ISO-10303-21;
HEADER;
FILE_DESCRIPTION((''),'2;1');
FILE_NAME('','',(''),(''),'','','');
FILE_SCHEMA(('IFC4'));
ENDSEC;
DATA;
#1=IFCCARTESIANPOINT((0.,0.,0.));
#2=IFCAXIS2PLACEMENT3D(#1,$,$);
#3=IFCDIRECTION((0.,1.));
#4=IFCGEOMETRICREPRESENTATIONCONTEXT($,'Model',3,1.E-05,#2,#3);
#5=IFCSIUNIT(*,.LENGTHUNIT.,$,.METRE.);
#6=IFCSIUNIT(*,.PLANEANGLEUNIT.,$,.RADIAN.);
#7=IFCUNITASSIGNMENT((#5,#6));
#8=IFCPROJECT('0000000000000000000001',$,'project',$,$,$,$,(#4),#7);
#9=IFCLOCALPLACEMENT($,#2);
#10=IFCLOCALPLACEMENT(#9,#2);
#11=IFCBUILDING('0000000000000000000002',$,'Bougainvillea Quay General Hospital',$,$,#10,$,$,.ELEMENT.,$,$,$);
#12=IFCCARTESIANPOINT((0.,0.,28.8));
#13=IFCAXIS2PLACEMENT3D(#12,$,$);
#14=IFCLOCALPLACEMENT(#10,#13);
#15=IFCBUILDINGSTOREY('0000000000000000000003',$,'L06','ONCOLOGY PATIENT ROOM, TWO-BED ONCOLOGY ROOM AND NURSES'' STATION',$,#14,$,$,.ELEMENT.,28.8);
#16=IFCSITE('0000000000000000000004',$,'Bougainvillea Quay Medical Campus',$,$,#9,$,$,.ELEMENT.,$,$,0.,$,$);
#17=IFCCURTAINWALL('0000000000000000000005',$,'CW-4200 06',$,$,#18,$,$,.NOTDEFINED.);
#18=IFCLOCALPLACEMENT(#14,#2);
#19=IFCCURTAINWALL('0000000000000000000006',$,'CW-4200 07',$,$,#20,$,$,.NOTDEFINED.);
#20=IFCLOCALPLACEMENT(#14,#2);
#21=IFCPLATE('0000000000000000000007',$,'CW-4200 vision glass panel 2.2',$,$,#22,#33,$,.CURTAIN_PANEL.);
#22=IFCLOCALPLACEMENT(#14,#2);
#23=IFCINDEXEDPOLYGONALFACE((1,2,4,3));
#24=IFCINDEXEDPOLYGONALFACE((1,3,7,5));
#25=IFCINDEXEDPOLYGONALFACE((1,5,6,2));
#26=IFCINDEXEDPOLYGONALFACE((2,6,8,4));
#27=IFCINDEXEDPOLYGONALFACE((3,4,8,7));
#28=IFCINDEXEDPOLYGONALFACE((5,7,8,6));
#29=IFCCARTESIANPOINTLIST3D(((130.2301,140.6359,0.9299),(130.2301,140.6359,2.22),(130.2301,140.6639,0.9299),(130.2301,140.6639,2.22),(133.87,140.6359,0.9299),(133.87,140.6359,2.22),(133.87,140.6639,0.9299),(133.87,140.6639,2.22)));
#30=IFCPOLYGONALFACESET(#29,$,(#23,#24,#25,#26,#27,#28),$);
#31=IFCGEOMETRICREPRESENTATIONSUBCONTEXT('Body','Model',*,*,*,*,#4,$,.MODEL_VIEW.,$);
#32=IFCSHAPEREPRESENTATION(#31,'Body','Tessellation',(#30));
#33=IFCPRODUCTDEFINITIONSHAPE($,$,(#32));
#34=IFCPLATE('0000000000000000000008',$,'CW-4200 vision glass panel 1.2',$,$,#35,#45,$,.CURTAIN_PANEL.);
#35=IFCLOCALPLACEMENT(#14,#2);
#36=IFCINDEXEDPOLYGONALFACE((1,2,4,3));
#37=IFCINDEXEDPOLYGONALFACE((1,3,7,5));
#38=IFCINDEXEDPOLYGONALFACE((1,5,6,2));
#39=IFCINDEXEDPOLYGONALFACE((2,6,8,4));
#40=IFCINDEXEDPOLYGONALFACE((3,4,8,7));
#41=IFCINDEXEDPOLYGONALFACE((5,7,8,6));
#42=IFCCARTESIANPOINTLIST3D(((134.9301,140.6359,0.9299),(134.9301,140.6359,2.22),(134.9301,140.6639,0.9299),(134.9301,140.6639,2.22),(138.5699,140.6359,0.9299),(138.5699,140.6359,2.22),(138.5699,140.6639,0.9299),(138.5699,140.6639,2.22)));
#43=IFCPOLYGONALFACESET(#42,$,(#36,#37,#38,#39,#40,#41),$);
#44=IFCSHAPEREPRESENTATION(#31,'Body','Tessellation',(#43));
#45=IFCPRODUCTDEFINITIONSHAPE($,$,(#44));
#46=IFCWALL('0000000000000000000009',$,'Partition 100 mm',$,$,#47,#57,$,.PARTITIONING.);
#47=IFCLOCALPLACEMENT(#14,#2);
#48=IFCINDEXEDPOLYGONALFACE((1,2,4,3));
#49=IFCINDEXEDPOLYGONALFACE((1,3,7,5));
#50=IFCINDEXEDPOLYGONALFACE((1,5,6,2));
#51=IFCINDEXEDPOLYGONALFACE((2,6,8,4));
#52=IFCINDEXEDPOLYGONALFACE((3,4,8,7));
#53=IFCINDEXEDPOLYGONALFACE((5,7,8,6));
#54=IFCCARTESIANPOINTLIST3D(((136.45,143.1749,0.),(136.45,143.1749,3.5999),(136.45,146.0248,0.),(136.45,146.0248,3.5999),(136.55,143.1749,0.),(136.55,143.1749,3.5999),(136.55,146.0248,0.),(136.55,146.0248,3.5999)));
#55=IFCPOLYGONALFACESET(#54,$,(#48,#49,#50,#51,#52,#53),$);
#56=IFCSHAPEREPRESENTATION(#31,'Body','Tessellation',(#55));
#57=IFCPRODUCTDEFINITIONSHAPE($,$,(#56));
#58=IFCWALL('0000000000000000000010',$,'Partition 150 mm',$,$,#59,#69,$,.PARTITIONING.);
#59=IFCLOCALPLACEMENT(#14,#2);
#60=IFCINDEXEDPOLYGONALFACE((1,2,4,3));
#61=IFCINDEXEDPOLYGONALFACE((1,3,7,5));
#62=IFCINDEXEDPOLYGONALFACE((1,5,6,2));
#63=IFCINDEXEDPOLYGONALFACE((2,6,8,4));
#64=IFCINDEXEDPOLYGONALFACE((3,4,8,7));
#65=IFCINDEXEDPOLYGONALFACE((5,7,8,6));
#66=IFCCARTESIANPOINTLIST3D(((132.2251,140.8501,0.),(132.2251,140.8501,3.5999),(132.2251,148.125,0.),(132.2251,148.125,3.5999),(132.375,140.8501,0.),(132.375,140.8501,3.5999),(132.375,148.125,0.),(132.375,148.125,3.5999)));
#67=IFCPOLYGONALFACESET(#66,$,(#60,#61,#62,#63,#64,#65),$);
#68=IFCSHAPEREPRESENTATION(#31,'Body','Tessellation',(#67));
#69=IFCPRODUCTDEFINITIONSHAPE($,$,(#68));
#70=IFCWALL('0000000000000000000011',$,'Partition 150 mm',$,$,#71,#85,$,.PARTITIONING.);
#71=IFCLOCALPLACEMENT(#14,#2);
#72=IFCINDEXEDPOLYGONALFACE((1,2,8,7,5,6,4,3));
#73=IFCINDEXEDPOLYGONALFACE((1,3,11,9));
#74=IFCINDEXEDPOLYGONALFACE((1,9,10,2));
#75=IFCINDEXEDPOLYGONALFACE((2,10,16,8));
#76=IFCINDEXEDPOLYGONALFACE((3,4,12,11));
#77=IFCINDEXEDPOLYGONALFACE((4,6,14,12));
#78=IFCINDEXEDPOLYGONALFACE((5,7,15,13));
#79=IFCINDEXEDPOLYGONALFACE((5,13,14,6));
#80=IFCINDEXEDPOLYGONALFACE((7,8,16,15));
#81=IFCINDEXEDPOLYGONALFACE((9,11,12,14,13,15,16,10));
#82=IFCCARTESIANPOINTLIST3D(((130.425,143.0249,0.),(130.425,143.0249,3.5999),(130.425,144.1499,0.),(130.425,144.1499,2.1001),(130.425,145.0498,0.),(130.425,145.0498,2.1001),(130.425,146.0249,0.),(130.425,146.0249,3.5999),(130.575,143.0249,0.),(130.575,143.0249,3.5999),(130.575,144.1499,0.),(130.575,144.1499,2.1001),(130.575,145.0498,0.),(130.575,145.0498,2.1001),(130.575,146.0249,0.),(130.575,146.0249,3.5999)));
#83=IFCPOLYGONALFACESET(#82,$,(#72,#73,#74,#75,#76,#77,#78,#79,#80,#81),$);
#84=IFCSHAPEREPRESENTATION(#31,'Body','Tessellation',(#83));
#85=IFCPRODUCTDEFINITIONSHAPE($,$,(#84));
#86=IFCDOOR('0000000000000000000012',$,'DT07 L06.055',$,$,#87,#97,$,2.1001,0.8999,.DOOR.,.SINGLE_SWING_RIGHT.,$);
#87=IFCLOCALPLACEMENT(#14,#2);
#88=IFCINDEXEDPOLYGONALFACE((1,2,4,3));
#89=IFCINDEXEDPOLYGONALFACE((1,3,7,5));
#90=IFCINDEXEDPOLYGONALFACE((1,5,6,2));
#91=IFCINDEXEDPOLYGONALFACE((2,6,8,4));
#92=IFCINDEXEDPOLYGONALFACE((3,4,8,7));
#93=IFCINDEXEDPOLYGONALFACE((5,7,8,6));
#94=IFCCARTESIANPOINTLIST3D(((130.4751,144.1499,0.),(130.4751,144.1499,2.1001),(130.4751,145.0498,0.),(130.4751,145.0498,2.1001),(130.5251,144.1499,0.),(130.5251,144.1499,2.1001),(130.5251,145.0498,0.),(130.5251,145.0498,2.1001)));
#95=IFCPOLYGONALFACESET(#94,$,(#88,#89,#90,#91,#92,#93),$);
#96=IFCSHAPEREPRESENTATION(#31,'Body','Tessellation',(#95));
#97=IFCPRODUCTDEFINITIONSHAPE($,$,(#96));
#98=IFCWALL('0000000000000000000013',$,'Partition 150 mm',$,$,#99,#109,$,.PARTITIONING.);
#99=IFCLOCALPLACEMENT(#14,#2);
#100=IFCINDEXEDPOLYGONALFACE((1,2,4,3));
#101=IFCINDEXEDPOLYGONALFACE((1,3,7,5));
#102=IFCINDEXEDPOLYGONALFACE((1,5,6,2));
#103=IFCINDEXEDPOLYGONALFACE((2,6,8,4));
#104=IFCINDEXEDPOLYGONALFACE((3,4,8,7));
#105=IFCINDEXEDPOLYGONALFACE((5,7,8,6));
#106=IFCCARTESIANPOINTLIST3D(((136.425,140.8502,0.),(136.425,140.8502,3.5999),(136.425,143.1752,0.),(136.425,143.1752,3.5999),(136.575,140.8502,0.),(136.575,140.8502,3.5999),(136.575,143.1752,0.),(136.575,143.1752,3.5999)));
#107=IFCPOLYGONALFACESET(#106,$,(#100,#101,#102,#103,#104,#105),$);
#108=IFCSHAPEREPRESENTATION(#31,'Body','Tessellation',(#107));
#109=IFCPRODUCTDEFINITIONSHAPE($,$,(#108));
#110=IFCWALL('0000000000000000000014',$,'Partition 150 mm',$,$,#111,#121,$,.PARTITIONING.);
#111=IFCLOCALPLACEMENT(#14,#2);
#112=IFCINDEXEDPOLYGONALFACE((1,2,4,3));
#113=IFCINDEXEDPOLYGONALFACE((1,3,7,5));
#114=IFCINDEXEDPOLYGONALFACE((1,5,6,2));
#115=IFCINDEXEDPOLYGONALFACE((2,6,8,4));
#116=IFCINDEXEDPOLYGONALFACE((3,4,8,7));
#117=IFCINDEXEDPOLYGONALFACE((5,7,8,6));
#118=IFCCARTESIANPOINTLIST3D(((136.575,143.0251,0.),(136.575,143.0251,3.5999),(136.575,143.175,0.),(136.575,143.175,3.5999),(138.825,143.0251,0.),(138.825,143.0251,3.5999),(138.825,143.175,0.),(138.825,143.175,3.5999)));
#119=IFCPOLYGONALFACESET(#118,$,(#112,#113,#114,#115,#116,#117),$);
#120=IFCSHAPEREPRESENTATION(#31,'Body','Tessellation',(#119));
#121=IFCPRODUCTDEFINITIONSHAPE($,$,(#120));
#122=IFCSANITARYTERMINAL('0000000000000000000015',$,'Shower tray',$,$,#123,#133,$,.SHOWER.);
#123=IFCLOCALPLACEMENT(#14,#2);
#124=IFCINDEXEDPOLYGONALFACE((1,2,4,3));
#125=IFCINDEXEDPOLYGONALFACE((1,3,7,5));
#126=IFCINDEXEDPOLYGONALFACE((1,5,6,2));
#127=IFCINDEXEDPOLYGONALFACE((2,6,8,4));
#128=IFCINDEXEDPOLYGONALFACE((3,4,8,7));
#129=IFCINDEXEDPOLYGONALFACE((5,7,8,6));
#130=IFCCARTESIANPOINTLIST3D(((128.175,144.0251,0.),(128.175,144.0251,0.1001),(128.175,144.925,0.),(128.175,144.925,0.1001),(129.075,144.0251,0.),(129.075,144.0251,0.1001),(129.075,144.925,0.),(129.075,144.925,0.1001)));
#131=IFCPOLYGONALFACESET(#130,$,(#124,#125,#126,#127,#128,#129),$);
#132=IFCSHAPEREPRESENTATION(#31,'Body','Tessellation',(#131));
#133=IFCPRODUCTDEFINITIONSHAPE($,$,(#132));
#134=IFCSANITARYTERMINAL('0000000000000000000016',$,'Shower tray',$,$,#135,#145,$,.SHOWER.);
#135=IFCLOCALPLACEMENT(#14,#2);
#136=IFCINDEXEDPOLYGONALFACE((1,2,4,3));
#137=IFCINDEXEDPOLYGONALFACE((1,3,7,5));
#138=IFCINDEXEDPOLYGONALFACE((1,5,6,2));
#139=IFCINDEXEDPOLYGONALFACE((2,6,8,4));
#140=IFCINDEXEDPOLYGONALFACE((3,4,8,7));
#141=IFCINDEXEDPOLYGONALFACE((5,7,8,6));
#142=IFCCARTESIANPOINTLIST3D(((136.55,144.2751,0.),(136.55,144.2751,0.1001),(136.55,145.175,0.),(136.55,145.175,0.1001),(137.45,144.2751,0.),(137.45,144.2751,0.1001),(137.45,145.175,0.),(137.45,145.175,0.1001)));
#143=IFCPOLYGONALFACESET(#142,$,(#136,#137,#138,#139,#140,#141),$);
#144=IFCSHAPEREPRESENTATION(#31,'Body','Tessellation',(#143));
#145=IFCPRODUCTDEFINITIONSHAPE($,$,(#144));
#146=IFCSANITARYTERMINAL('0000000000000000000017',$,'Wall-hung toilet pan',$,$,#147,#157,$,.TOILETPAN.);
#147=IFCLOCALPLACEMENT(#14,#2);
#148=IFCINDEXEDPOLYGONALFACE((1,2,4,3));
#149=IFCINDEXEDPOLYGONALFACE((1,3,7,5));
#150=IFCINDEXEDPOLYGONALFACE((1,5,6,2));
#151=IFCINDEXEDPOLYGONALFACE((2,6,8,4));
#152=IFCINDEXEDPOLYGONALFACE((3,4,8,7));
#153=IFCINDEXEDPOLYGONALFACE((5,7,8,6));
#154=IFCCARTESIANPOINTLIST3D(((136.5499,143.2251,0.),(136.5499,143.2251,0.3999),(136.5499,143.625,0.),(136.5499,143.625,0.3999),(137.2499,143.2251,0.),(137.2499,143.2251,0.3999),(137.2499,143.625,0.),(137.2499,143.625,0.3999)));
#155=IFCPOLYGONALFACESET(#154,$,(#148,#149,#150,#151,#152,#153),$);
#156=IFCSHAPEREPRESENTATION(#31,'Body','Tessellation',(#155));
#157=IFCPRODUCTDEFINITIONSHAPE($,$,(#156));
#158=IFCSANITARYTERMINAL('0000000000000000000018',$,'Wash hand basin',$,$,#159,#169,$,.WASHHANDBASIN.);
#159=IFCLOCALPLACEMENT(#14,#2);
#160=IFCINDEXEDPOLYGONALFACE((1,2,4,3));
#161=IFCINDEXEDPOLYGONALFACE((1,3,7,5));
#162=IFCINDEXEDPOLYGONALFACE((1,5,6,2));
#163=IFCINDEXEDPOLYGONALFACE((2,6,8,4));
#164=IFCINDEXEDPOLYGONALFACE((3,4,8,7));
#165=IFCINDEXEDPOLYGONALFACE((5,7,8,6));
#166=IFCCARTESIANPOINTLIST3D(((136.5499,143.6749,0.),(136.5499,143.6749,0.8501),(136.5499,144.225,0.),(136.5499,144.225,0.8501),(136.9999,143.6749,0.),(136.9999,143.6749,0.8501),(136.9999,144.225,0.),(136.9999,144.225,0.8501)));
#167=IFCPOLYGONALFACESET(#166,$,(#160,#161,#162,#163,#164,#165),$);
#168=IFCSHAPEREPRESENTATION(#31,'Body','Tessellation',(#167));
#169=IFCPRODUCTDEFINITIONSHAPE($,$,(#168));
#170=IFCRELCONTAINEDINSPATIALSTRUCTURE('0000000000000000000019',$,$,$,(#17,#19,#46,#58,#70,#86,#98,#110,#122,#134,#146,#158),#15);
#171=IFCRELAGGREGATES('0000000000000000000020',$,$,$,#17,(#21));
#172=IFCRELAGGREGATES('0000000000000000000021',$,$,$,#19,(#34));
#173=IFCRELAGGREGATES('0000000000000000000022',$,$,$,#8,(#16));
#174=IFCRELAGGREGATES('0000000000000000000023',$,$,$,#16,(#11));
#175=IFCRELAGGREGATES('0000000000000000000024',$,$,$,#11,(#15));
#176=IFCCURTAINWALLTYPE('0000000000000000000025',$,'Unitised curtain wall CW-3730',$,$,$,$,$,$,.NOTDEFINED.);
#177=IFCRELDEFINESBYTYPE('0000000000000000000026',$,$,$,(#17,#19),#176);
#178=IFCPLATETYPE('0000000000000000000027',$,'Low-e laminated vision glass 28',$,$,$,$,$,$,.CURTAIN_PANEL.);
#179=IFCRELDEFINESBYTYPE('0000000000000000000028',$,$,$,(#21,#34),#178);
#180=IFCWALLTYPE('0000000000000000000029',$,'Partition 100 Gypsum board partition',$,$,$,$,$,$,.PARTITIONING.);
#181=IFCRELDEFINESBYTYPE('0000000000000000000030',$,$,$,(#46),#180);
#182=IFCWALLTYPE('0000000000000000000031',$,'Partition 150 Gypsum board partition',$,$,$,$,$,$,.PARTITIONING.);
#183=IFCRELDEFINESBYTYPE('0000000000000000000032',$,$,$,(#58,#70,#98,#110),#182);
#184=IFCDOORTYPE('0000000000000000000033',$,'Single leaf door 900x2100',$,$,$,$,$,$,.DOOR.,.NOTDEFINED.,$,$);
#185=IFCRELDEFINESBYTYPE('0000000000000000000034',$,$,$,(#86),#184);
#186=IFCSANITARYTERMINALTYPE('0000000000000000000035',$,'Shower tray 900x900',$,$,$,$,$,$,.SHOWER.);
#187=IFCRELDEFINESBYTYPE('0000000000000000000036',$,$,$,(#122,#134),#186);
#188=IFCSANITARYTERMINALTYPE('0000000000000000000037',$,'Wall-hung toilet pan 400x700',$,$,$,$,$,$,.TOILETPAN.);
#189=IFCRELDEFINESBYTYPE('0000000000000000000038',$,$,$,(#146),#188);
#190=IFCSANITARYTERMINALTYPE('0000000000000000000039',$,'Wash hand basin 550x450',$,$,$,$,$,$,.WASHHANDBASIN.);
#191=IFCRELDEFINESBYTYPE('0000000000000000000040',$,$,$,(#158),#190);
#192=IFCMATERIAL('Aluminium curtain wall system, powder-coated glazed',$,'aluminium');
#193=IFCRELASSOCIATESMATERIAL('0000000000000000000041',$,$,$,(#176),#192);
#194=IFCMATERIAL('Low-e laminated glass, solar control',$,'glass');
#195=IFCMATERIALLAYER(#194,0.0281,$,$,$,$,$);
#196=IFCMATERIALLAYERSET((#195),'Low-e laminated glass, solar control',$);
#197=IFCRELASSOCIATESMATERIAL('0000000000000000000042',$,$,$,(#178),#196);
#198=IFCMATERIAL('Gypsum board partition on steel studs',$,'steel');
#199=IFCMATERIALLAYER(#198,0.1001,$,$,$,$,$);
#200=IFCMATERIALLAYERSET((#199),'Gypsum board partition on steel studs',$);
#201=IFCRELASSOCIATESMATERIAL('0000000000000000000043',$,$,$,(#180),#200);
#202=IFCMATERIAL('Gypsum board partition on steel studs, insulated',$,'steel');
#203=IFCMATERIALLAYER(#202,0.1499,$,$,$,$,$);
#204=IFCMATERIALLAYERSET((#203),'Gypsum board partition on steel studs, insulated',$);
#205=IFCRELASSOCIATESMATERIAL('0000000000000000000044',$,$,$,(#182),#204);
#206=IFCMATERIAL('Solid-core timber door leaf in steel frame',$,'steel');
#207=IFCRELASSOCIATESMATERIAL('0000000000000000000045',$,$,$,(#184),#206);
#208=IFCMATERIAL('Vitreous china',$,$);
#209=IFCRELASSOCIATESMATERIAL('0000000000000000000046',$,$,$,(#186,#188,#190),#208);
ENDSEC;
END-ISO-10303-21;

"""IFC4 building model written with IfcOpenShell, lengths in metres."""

from ifc_helpers import new_model, si_unit, direction, frame, frame_2d, origin, origin_2d, place, context, subcontext, project, spatial, rectangle, extrude, material, layer, layer_set, type_object, element, fill, aggregate, save


model = new_model("IFC4")

# Units and contexts
model_context = context("Model", 3, precision=1e-05, world=origin(), true_north=direction((0.0, 1.0)))
body_context = subcontext(model_context, "Body", "Model", "MODEL_VIEW")
ifc_project = project(units=[si_unit("LENGTHUNIT", "METRE"), si_unit("PLANEANGLEUNIT", "RADIAN")], contexts=[model_context])

# Site, building, storey
site_placement = place(None, origin())
site = spatial("IfcSite", under=ifc_project, at=site_placement, Name="Bougainvillea Quay Medical Campus", CompositionType="ELEMENT", RefElevation=0.0)
building_placement = place(site_placement, origin())
building = spatial("IfcBuilding", under=site, at=building_placement, Name="Bougainvillea Quay General Hospital", CompositionType="ELEMENT")
storey_placement = place(building_placement, frame((0.0, 0.0, 28.8)))
storey = spatial("IfcBuildingStorey", under=building, at=storey_placement, Name="L06", Description="ONCOLOGY PATIENT ROOM, TWO-BED ONCOLOGY ROOM AND NURSES' STATION", CompositionType="ELEMENT", Elevation=28.8)

# Curtain wall
ifc_material_1 = material(Name="Aluminium curtain wall system, powder-coated glazed", Category="aluminium")
curtain_wall_type = type_object("IfcCurtainWallType", Name="Unitised curtain wall CW-3730", PredefinedType="NOTDEFINED", material=ifc_material_1)
curtain_wall_1_placement = place(storey_placement, origin())
curtain_wall_1 = element("IfcCurtainWall", 1, at=curtain_wall_1_placement, inside=storey, type_object=curtain_wall_type, Name="CW-4200 06", PredefinedType="NOTDEFINED")

# Curtain wall
curtain_wall_2_placement = place(storey_placement, origin())
curtain_wall_2 = element("IfcCurtainWall", 2, at=curtain_wall_2_placement, inside=storey, type_object=curtain_wall_type, Name="CW-4200 07", PredefinedType="NOTDEFINED")

# Plates
ifc_material_2 = material(Name="Low-e laminated glass, solar control", Category="glass")
ifc_layer_1 = layer(ifc_material_2, 0.0281)
ifc_layer_set_1 = layer_set([ifc_layer_1], Name="Low-e laminated glass, solar control")
plate_type_1 = type_object("IfcPlateType", Name="Low-e laminated vision glass 28", PredefinedType="CURTAIN_PANEL", material=ifc_layer_set_1)
plate_1_placement = place(storey_placement, frame((132.05, 140.6499, 0.9299), z_axis=(0.0, 0.0, 1.0), x_axis=(1.0, 0.0, 0.0)))
plate_1 = element("IfcPlate", 3, at=plate_1_placement, type_object=plate_type_1, Name="CW-4200 vision glass panel 2.2", PredefinedType="CURTAIN_PANEL", context=body_context, shape_type="SweptSolid", body=[
    extrude(rectangle(XDim=3.6399, YDim=0.0281, at=origin_2d()), origin(), (0.0, 0.0, 1.0), 1.29),
])
aggregate(curtain_wall_1, [plate_1])
plate_2_placement = place(storey_placement, frame((136.75, 140.6499, 0.9299), z_axis=(0.0, 0.0, 1.0), x_axis=(1.0, 0.0, 0.0)))
plate_2 = element("IfcPlate", 4, at=plate_2_placement, type_object=plate_type_1, Name="CW-4200 vision glass panel 1.2", PredefinedType="CURTAIN_PANEL", context=body_context, shape_type="SweptSolid", body=[
    extrude(rectangle(XDim=3.6399, YDim=0.0281, at=origin_2d()), origin(), (0.0, 0.0, 1.0), 1.29),
])
aggregate(curtain_wall_2, [plate_2])

# Walls
ifc_material_3 = material(Name="Gypsum board partition on steel studs", Category="steel")
ifc_layer_2 = layer(ifc_material_3, 0.1001)
ifc_layer_set_2 = layer_set([ifc_layer_2], Name="Gypsum board partition on steel studs")
wall_type_1 = type_object("IfcWallType", Name="Partition 100 Gypsum board partition", PredefinedType="PARTITIONING", material=ifc_layer_set_2)
wall_1_placement = place(storey_placement, frame((136.5, 143.175, 0.0), z_axis=(0.0, 0.0, 1.0), x_axis=(0.0, 1.0, 0.0)))
element("IfcWall", 5, at=wall_1_placement, inside=storey, type_object=wall_type_1, Name="Partition 100 mm", PredefinedType="PARTITIONING", context=body_context, shape_type="SweptSolid", body=[
    extrude(rectangle(XDim=2.8499, YDim=0.1001, at=frame_2d((1.4248, 0.0))), origin(), (0.0, 0.0, 1.0), 3.5999),
])
ifc_material_4 = material(Name="Gypsum board partition on steel studs, insulated", Category="steel")
ifc_layer_3 = layer(ifc_material_4, 0.1499)
ifc_layer_set_3 = layer_set([ifc_layer_3], Name="Gypsum board partition on steel studs, insulated")
wall_type_2 = type_object("IfcWallType", Name="Partition 150 Gypsum board partition", PredefinedType="PARTITIONING", material=ifc_layer_set_3)
wall_2_placement = place(storey_placement, frame((132.3, 140.8501, 0.0), z_axis=(0.0, 0.0, 1.0), x_axis=(0.0, 1.0, 0.0)))
element("IfcWall", 6, at=wall_2_placement, inside=storey, type_object=wall_type_2, Name="Partition 150 mm", PredefinedType="PARTITIONING", context=body_context, shape_type="SweptSolid", body=[
    extrude(rectangle(XDim=7.2749, YDim=0.1499, at=frame_2d((3.6375, 0.0))), origin(), (0.0, 0.0, 1.0), 3.5999),
])

# Wall, opening, door
wall_3_placement = place(storey_placement, frame((130.5, 143.0249, 0.0), z_axis=(0.0, 0.0, 1.0), x_axis=(0.0, 1.0, 0.0)))
wall_3 = element("IfcWall", 7, at=wall_3_placement, inside=storey, type_object=wall_type_2, Name="Partition 150 mm", PredefinedType="PARTITIONING", context=body_context, shape_type="SweptSolid", body=[
    extrude(rectangle(XDim=3.0, YDim=0.1499, at=frame_2d((1.5, 0.0))), origin(), (0.0, 0.0, 1.0), 3.5999),
])
opening_placement = place(wall_3_placement, frame((1.125, 0.0, 0.0)))
opening = element("IfcOpeningElement", 8, at=opening_placement, cuts=wall_3, PredefinedType="OPENING", context=body_context, shape_type="SweptSolid", body=[
    extrude(rectangle(XDim=0.8999, YDim=2.1001, at=frame_2d((0.45, 1.05))), frame((0.0, 0.085, 0.0), z_axis=(0.0, -1.0, 0.0), x_axis=(1.0, 0.0, 0.0)), (0.0, 0.0, 1.0), 0.1699),
])
ifc_material_5 = material(Name="Solid-core timber door leaf in steel frame", Category="steel")
door_type = type_object("IfcDoorType", Name="Single leaf door 900x2100", OperationType="NOTDEFINED", PredefinedType="DOOR", material=ifc_material_5)
door_placement = place(opening_placement, origin())
door = element("IfcDoor", 9, at=door_placement, inside=storey, type_object=door_type, Name="DT07 L06.055", OperationType="SINGLE_SWING_RIGHT", OverallHeight=2.1001, OverallWidth=0.8999, PredefinedType="DOOR", context=body_context, shape_type="SweptSolid", body=[
    extrude(rectangle(XDim=0.8999, YDim=2.1001, at=frame_2d((0.45, 1.05))), frame((0.0, 0.0249, 0.0), z_axis=(0.0, -1.0, 0.0), x_axis=(1.0, 0.0, 0.0)), (0.0, 0.0, 1.0), 0.05),
])
fill(opening, door)

# Walls
wall_4_placement = place(storey_placement, frame((136.5, 140.8501, 0.0), z_axis=(0.0, 0.0, 1.0), x_axis=(0.0, 1.0, 0.0)))
element("IfcWall", 10, at=wall_4_placement, inside=storey, type_object=wall_type_2, Name="Partition 150 mm", PredefinedType="PARTITIONING", context=body_context, shape_type="SweptSolid", body=[
    extrude(rectangle(XDim=2.325, YDim=0.1499, at=frame_2d((1.1626, 0.0))), origin(), (0.0, 0.0, 1.0), 3.5999),
])
wall_5_placement = place(storey_placement, frame((136.575, 143.1001, 0.0), z_axis=(0.0, 0.0, 1.0), x_axis=(1.0, 0.0, 0.0)))
element("IfcWall", 11, at=wall_5_placement, inside=storey, type_object=wall_type_2, Name="Partition 150 mm", PredefinedType="PARTITIONING", context=body_context, shape_type="SweptSolid", body=[
    extrude(rectangle(XDim=2.25, YDim=0.1499, at=frame_2d((1.125, 0.0))), origin(), (0.0, 0.0, 1.0), 3.5999),
])

# Sanitary terminals
ifc_material_6 = material(Name="Vitreous china")
sanitary_terminal_type_1 = type_object("IfcSanitaryTerminalType", Name="Shower tray 900x900", PredefinedType="SHOWER", material=ifc_material_6)
for number, where, z_axis, x_axis, name in (
    (12, (128.625, 144.4751, 0.0), (0.0, 0.0, 1.0), (0.0, 1.0, 0.0), "Shower tray"),
    (13, (137.0, 144.7251, 0.0), (0.0, 0.0, 1.0), (0.0, 1.0, 0.0), "Shower tray"),
):
    element("IfcSanitaryTerminal", number, at=place(storey_placement, frame(where, z_axis=z_axis, x_axis=x_axis)), inside=storey, type_object=sanitary_terminal_type_1, Name=name, PredefinedType="SHOWER", context=body_context, shape_type="SweptSolid", body=[
        extrude(rectangle(XDim=0.8999, YDim=0.8999, at=origin_2d()), origin(), (0.0, 0.0, 1.0), 0.1001),
    ])
sanitary_terminal_type_2 = type_object("IfcSanitaryTerminalType", Name="Wall-hung toilet pan 400x700", PredefinedType="TOILETPAN", material=ifc_material_6)
sanitary_terminal_1_placement = place(storey_placement, frame((136.8999, 143.425, 0.0), z_axis=(0.0, 0.0, 1.0), x_axis=(0.0, 1.0, 0.0)))
element("IfcSanitaryTerminal", 14, at=sanitary_terminal_1_placement, inside=storey, type_object=sanitary_terminal_type_2, Name="Wall-hung toilet pan", PredefinedType="TOILETPAN", context=body_context, shape_type="SweptSolid", body=[
    extrude(rectangle(XDim=0.3999, YDim=0.7, at=origin_2d()), origin(), (0.0, 0.0, 1.0), 0.3999),
])
sanitary_terminal_type_3 = type_object("IfcSanitaryTerminalType", Name="Wash hand basin 550x450", PredefinedType="WASHHANDBASIN", material=ifc_material_6)
sanitary_terminal_2_placement = place(storey_placement, frame((136.7749, 143.95, 0.0), z_axis=(0.0, 0.0, 1.0), x_axis=(0.0, 1.0, 0.0)))
element("IfcSanitaryTerminal", 15, at=sanitary_terminal_2_placement, inside=storey, type_object=sanitary_terminal_type_3, Name="Wash hand basin", PredefinedType="WASHHANDBASIN", context=body_context, shape_type="SweptSolid", body=[
    extrude(rectangle(XDim=0.55, YDim=0.45, at=origin_2d()), origin(), (0.0, 0.0, 1.0), 0.8501),
])

save(model, "model.ifc")
